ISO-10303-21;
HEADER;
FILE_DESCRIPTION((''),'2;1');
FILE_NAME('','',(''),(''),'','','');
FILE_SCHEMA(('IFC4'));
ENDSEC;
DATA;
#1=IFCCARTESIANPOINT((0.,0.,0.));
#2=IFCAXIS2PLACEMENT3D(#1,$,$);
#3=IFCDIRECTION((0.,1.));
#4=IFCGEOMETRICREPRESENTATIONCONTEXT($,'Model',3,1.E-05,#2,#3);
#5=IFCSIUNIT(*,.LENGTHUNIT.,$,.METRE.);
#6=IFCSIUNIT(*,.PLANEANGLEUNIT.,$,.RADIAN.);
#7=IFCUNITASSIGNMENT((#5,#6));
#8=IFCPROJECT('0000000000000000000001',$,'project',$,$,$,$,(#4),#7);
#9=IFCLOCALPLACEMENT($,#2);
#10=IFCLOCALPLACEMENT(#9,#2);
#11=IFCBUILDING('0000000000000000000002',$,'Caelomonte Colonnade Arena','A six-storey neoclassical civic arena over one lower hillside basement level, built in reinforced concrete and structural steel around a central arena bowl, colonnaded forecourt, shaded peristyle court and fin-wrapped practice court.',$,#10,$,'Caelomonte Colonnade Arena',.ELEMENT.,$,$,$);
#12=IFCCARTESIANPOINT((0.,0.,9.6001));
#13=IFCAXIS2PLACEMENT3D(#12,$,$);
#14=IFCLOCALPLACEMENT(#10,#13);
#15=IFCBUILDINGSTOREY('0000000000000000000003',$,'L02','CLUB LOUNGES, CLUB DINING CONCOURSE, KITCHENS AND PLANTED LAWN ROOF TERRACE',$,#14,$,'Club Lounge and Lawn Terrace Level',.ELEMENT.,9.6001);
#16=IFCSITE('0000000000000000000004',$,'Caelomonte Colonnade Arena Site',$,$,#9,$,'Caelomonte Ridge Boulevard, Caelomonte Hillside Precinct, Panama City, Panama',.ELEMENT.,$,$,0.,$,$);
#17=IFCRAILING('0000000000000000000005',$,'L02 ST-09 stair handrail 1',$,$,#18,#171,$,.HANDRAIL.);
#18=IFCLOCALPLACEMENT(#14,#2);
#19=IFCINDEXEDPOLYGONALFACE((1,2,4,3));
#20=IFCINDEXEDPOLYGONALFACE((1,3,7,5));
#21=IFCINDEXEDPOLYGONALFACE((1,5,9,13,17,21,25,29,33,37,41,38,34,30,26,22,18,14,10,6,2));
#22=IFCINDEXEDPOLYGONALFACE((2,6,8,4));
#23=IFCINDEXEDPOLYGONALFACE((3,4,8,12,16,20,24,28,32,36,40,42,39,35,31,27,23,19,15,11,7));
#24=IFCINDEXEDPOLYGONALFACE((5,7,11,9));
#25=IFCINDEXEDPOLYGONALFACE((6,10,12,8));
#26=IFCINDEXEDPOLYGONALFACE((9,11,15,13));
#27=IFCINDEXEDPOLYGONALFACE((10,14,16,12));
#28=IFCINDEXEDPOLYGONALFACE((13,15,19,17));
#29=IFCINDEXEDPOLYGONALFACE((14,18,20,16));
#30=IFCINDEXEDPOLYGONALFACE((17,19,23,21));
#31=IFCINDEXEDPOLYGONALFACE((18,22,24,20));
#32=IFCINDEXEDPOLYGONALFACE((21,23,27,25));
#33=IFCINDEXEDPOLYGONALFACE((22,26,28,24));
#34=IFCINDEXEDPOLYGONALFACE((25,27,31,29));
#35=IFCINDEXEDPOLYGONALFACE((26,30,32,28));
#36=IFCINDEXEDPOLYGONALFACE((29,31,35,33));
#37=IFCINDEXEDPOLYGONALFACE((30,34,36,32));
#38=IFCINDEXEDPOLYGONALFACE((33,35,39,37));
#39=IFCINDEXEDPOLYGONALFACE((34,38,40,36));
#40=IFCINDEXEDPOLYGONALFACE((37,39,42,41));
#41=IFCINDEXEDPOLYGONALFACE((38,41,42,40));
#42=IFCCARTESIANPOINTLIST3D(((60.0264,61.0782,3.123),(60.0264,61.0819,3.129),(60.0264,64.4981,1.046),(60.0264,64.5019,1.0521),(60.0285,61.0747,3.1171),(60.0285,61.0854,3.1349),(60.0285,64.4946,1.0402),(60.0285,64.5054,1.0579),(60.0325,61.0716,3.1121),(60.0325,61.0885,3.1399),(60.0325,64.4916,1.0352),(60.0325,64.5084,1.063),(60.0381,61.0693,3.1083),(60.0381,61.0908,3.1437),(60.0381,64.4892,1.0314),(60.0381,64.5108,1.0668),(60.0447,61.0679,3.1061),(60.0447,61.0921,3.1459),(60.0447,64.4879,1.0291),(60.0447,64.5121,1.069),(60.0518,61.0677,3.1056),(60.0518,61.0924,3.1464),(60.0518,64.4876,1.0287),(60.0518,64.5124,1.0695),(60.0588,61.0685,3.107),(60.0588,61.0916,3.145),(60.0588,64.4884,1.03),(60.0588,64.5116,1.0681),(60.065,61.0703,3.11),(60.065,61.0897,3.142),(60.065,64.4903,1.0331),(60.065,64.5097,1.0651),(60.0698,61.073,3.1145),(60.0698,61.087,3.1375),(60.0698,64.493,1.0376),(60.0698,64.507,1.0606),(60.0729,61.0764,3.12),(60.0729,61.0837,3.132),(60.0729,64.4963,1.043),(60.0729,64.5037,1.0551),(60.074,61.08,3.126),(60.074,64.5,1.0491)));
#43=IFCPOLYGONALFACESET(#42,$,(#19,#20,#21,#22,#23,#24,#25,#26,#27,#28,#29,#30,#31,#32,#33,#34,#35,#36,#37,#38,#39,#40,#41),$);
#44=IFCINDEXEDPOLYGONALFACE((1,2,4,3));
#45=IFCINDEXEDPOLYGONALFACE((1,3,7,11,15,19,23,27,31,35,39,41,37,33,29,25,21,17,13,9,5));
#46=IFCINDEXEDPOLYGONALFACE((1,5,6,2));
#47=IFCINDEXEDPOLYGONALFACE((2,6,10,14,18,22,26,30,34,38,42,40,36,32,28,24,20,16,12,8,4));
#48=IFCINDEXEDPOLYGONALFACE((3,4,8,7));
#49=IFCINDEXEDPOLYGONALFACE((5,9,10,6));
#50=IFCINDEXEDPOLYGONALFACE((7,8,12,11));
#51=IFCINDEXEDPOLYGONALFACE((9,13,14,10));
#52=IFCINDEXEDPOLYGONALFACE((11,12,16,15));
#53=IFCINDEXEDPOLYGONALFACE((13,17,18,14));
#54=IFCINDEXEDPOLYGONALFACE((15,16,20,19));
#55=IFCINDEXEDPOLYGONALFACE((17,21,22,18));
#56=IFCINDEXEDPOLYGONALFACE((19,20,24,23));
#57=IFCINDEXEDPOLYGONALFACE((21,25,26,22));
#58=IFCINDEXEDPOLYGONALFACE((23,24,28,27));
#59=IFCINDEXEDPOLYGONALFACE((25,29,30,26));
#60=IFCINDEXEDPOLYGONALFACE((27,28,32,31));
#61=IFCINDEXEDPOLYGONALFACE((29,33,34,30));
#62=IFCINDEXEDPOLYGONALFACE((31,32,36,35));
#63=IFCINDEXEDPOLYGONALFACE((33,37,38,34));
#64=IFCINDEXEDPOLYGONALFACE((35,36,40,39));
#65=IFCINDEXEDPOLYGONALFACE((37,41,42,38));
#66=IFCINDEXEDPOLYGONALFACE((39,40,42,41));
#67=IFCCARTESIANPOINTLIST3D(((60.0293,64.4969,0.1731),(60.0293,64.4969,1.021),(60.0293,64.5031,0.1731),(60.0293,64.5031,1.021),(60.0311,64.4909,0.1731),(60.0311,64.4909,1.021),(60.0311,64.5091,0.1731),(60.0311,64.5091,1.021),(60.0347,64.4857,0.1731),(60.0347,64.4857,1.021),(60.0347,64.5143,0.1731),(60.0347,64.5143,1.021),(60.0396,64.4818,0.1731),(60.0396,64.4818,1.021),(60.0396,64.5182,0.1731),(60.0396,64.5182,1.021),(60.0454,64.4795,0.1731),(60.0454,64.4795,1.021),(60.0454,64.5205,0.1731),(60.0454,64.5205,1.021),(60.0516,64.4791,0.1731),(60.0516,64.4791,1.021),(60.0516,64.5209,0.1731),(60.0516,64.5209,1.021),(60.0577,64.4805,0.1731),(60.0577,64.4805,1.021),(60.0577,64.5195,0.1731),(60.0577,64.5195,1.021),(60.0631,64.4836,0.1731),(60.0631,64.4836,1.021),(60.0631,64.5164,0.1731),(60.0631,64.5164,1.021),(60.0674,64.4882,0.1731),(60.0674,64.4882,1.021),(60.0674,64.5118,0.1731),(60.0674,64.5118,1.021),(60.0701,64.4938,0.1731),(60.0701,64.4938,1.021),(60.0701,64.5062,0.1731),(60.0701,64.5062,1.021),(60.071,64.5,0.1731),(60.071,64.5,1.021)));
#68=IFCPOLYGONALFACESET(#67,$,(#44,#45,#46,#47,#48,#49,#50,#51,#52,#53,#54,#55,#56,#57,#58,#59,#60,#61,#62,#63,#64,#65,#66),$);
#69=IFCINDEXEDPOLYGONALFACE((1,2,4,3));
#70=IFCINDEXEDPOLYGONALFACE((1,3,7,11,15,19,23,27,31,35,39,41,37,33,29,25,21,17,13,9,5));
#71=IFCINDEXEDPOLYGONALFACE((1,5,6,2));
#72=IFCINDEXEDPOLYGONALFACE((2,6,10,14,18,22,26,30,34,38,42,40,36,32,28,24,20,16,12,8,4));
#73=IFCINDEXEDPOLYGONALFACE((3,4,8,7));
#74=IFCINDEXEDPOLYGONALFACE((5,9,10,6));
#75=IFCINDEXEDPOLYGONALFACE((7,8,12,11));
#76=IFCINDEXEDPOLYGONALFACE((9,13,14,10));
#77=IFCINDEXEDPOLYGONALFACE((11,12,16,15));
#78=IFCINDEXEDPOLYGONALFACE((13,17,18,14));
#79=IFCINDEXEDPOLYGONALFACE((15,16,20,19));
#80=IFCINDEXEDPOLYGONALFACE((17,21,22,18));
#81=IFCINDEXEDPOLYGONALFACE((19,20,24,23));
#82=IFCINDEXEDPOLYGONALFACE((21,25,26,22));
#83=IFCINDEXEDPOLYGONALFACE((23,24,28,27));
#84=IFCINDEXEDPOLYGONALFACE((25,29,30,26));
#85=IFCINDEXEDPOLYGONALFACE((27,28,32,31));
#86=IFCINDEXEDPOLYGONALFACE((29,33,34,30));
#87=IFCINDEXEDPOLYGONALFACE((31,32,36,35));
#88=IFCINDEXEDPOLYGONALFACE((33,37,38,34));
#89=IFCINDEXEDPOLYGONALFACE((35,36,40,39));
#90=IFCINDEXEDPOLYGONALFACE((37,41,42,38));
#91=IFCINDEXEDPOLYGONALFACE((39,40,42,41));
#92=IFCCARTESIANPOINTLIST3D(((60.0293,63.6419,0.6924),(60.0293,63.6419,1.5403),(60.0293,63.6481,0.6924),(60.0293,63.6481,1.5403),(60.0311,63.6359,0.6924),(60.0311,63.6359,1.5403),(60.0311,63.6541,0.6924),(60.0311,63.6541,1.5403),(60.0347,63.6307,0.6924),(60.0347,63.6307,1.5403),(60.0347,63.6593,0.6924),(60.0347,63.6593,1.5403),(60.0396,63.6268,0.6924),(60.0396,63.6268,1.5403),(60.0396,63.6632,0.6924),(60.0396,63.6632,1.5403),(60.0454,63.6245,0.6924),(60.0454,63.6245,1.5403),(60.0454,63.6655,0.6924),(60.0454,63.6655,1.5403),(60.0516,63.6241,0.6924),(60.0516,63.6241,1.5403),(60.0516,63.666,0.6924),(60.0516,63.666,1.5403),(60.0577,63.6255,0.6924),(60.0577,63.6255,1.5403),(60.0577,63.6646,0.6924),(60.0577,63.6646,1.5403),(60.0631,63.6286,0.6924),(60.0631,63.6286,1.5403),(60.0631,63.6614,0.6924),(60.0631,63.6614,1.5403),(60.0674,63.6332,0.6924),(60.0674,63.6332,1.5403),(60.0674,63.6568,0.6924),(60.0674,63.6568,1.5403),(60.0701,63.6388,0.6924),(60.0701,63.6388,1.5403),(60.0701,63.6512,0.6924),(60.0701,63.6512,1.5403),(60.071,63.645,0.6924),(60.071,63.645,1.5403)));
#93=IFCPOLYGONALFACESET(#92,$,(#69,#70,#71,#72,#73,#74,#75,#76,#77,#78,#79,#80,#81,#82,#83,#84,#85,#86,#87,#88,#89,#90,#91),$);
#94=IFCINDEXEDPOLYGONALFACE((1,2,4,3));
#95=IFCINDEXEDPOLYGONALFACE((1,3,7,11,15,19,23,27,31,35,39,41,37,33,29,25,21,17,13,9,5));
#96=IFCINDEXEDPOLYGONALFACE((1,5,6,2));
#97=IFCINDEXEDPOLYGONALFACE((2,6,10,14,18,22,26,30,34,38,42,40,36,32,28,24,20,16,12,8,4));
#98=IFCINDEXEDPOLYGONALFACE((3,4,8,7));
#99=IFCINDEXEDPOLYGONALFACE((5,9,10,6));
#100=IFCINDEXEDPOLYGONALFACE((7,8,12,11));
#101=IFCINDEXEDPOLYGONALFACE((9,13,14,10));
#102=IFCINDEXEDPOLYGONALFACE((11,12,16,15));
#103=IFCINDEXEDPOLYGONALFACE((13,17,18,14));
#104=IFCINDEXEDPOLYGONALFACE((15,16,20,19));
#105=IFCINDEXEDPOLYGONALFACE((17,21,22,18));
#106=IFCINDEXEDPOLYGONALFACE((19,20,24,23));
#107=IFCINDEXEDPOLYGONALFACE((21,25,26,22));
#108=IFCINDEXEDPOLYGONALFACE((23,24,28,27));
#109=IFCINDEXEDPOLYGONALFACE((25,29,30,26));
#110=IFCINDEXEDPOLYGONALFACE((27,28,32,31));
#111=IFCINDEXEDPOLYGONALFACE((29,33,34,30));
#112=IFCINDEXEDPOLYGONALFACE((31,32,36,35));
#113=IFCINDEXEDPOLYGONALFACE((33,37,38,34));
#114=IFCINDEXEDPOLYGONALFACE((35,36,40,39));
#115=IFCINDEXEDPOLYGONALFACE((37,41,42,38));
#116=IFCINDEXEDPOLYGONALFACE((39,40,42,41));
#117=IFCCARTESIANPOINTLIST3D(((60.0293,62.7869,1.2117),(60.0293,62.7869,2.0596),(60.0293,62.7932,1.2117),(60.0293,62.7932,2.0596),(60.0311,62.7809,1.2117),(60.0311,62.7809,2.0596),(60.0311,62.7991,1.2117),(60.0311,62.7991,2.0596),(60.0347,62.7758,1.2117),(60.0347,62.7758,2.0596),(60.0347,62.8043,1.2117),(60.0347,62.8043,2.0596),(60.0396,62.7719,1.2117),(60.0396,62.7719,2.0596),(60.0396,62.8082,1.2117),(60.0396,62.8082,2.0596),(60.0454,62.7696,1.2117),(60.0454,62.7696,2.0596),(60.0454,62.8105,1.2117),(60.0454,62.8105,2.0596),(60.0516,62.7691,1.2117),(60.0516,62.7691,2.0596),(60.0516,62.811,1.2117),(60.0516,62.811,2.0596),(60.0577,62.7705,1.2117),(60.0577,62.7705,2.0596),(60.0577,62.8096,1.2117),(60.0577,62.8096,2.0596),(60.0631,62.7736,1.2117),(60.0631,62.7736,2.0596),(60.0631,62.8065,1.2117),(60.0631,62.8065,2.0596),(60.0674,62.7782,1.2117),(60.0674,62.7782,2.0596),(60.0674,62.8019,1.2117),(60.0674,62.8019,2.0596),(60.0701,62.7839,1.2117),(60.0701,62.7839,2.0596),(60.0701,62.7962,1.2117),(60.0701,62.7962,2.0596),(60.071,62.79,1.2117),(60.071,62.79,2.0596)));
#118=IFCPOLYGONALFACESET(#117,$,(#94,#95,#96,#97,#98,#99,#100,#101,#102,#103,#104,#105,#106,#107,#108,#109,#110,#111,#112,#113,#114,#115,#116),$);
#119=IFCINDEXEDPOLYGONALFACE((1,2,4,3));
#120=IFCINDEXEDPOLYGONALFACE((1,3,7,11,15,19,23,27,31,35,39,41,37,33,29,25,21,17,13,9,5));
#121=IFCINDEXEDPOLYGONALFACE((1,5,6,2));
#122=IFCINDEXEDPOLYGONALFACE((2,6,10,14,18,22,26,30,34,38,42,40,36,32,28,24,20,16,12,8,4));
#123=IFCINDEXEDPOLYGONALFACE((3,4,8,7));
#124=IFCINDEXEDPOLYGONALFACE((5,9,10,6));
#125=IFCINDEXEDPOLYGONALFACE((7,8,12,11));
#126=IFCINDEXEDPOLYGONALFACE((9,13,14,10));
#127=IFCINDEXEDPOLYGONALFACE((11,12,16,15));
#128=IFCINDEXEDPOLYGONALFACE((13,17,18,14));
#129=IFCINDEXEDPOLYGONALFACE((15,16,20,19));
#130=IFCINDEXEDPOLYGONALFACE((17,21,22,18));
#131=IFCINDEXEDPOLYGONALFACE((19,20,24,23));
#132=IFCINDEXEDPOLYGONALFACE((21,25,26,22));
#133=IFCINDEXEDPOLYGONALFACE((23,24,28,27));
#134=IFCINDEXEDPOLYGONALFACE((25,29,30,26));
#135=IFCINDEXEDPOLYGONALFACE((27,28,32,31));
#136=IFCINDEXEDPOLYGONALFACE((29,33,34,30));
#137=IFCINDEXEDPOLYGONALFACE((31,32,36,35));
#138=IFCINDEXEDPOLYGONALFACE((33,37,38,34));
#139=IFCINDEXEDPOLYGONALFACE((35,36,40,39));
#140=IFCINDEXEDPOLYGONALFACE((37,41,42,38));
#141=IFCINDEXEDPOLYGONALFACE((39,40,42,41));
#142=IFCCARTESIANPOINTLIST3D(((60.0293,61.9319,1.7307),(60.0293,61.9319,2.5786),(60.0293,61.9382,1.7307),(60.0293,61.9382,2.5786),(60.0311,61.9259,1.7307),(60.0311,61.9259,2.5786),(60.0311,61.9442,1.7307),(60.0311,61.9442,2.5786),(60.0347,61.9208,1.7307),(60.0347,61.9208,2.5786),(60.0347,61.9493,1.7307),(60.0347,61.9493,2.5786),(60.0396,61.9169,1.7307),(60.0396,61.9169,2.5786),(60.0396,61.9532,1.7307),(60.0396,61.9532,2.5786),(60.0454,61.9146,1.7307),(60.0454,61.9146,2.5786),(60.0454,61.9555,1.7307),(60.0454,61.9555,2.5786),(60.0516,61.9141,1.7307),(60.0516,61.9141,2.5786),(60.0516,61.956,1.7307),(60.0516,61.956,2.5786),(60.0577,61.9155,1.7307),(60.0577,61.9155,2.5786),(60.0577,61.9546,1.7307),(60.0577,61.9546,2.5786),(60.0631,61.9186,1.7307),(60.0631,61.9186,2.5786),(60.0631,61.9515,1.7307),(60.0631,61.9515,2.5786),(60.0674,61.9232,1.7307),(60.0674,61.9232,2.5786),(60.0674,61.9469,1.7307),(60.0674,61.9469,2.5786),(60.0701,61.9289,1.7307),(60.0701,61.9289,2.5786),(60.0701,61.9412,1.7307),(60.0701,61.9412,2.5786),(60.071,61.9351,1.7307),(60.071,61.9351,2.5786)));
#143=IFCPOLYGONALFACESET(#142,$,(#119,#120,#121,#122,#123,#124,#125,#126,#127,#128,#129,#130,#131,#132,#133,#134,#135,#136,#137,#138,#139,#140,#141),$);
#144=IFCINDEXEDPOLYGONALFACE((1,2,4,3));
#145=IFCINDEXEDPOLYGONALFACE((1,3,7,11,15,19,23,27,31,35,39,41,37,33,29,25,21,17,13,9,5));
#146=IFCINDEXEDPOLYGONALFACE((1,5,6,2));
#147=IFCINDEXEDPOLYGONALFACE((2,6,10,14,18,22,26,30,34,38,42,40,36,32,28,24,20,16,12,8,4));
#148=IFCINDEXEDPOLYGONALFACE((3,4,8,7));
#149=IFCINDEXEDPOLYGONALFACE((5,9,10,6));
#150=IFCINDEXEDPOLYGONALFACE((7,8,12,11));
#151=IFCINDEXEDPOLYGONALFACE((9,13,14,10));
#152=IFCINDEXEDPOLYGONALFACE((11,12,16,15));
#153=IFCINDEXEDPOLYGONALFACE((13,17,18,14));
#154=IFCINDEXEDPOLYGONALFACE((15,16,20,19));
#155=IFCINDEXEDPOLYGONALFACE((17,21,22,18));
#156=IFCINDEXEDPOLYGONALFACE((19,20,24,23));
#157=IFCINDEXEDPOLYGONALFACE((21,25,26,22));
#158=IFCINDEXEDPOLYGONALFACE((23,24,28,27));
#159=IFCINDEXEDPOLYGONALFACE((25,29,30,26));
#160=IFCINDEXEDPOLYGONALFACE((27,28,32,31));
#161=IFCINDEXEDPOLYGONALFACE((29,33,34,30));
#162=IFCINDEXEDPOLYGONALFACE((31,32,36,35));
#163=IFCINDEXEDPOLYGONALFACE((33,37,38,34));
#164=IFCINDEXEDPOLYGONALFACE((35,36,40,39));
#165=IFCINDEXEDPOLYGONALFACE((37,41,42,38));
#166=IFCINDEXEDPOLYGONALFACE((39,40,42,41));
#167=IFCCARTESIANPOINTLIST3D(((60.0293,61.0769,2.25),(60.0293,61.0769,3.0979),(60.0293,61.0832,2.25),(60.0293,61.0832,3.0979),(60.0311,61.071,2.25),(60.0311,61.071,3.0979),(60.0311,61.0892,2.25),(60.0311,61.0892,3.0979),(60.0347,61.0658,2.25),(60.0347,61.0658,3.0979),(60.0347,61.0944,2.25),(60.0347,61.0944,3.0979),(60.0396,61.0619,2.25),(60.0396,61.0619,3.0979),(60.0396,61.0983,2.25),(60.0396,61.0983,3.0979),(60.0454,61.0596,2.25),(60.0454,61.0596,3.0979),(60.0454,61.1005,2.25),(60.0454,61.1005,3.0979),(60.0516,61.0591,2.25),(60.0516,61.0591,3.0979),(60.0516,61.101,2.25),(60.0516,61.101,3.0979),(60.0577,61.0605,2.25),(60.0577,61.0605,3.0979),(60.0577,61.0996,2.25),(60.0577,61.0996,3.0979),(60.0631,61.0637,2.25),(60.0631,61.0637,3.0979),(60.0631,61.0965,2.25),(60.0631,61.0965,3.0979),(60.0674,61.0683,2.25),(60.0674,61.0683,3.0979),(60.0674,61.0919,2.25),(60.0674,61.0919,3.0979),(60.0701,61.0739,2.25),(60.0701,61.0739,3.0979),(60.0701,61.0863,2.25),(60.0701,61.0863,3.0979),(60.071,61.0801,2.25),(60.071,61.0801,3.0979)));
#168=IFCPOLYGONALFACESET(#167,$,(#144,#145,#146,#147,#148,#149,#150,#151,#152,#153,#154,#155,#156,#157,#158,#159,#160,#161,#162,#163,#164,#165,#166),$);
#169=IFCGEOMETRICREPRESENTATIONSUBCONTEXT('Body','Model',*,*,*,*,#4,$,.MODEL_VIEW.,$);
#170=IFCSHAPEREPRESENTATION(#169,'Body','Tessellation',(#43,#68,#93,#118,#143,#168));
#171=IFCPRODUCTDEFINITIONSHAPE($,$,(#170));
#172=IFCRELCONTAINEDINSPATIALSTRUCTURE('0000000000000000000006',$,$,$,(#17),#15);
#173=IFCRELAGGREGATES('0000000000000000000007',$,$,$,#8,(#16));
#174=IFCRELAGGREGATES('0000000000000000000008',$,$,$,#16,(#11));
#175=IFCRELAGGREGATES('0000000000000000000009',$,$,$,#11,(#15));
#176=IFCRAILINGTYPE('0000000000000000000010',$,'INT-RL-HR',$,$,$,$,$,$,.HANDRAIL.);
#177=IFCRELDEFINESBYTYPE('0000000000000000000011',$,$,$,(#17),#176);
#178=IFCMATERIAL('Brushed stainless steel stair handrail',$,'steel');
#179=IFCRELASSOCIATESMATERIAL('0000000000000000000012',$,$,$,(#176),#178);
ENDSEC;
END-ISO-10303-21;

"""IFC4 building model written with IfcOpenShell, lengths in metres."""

from ifc_helpers import new_model, si_unit, direction, frame, origin, origin_2d, place, context, subcontext, project, spatial, circle, extrude, material, type_object, element, save


model = new_model("IFC4")

# Units and contexts
model_context = context("Model", 3, precision=1e-05, world=origin(), true_north=direction((0.0, 1.0)))
body_context = subcontext(model_context, "Body", "Model", "MODEL_VIEW")
ifc_project = project(units=[si_unit("LENGTHUNIT", "METRE"), si_unit("PLANEANGLEUNIT", "RADIAN")], contexts=[model_context])

# Site, building, storey
site_placement = place(None, origin())
site = spatial("IfcSite", under=ifc_project, at=site_placement, Name="Caelomonte Colonnade Arena Site", LongName="Caelomonte Ridge Boulevard, Caelomonte Hillside Precinct, Panama City, Panama", CompositionType="ELEMENT", RefElevation=0.0)
building_placement = place(site_placement, origin())
building = spatial("IfcBuilding", under=site, at=building_placement, Name="Caelomonte Colonnade Arena", Description="A six-storey neoclassical civic arena over one lower hillside basement level, built in reinforced concrete and structural steel around a central arena bowl, colonnaded forecourt, shaded peristyle court and fin-wrapped practice court.", LongName="Caelomonte Colonnade Arena", CompositionType="ELEMENT")
storey_placement = place(building_placement, frame((0.0, 0.0, 9.6001)))
storey = spatial("IfcBuildingStorey", under=building, at=storey_placement, Name="L02", Description="CLUB LOUNGES, CLUB DINING CONCOURSE, KITCHENS AND PLANTED LAWN ROOF TERRACE", LongName="Club Lounge and Lawn Terrace Level", CompositionType="ELEMENT", Elevation=9.6001)

# Railing
ifc_material_1 = material(Name="Brushed stainless steel stair handrail", Category="steel")
railing_type_1 = type_object("IfcRailingType", Name="INT-RL-HR", PredefinedType="HANDRAIL", material=ifc_material_1)
railing_1_placement = place(storey_placement, frame((60.05, 64.5, 0.1731)))
element("IfcRailing", 1, at=railing_1_placement, inside=storey, type_object=railing_type_1, Name="L02 ST-09 stair handrail 1", PredefinedType="HANDRAIL", context=body_context, shape_type="SweptSolid", body=[
    extrude(circle(Radius=0.0239, at=origin_2d()), frame((0.0, 0.0, 0.876), z_axis=(0.0, -0.85473, 0.519074), x_axis=(1.0, 0.0, 0.0)), (0.0, 0.0, 1.0), 4.0012),
    extrude(circle(Radius=0.021, at=origin_2d()), origin(), (0.0, 0.0, 1.0), 0.8479),
    extrude(circle(Radius=0.021, at=origin_2d()), frame((0.0, -0.855, 0.5193)), (0.0, 0.0, 1.0), 0.8479),
    extrude(circle(Radius=0.021, at=origin_2d()), frame((0.0, -1.71, 1.0386)), (0.0, 0.0, 1.0), 0.8479),
    extrude(circle(Radius=0.021, at=origin_2d()), frame((0.0, -2.5649, 1.5576)), (0.0, 0.0, 1.0), 0.8479),
    extrude(circle(Radius=0.021, at=origin_2d()), frame((0.0, -3.4199, 2.0769)), (0.0, 0.0, 1.0), 0.8479),
])

save(model, "model.ifc")
